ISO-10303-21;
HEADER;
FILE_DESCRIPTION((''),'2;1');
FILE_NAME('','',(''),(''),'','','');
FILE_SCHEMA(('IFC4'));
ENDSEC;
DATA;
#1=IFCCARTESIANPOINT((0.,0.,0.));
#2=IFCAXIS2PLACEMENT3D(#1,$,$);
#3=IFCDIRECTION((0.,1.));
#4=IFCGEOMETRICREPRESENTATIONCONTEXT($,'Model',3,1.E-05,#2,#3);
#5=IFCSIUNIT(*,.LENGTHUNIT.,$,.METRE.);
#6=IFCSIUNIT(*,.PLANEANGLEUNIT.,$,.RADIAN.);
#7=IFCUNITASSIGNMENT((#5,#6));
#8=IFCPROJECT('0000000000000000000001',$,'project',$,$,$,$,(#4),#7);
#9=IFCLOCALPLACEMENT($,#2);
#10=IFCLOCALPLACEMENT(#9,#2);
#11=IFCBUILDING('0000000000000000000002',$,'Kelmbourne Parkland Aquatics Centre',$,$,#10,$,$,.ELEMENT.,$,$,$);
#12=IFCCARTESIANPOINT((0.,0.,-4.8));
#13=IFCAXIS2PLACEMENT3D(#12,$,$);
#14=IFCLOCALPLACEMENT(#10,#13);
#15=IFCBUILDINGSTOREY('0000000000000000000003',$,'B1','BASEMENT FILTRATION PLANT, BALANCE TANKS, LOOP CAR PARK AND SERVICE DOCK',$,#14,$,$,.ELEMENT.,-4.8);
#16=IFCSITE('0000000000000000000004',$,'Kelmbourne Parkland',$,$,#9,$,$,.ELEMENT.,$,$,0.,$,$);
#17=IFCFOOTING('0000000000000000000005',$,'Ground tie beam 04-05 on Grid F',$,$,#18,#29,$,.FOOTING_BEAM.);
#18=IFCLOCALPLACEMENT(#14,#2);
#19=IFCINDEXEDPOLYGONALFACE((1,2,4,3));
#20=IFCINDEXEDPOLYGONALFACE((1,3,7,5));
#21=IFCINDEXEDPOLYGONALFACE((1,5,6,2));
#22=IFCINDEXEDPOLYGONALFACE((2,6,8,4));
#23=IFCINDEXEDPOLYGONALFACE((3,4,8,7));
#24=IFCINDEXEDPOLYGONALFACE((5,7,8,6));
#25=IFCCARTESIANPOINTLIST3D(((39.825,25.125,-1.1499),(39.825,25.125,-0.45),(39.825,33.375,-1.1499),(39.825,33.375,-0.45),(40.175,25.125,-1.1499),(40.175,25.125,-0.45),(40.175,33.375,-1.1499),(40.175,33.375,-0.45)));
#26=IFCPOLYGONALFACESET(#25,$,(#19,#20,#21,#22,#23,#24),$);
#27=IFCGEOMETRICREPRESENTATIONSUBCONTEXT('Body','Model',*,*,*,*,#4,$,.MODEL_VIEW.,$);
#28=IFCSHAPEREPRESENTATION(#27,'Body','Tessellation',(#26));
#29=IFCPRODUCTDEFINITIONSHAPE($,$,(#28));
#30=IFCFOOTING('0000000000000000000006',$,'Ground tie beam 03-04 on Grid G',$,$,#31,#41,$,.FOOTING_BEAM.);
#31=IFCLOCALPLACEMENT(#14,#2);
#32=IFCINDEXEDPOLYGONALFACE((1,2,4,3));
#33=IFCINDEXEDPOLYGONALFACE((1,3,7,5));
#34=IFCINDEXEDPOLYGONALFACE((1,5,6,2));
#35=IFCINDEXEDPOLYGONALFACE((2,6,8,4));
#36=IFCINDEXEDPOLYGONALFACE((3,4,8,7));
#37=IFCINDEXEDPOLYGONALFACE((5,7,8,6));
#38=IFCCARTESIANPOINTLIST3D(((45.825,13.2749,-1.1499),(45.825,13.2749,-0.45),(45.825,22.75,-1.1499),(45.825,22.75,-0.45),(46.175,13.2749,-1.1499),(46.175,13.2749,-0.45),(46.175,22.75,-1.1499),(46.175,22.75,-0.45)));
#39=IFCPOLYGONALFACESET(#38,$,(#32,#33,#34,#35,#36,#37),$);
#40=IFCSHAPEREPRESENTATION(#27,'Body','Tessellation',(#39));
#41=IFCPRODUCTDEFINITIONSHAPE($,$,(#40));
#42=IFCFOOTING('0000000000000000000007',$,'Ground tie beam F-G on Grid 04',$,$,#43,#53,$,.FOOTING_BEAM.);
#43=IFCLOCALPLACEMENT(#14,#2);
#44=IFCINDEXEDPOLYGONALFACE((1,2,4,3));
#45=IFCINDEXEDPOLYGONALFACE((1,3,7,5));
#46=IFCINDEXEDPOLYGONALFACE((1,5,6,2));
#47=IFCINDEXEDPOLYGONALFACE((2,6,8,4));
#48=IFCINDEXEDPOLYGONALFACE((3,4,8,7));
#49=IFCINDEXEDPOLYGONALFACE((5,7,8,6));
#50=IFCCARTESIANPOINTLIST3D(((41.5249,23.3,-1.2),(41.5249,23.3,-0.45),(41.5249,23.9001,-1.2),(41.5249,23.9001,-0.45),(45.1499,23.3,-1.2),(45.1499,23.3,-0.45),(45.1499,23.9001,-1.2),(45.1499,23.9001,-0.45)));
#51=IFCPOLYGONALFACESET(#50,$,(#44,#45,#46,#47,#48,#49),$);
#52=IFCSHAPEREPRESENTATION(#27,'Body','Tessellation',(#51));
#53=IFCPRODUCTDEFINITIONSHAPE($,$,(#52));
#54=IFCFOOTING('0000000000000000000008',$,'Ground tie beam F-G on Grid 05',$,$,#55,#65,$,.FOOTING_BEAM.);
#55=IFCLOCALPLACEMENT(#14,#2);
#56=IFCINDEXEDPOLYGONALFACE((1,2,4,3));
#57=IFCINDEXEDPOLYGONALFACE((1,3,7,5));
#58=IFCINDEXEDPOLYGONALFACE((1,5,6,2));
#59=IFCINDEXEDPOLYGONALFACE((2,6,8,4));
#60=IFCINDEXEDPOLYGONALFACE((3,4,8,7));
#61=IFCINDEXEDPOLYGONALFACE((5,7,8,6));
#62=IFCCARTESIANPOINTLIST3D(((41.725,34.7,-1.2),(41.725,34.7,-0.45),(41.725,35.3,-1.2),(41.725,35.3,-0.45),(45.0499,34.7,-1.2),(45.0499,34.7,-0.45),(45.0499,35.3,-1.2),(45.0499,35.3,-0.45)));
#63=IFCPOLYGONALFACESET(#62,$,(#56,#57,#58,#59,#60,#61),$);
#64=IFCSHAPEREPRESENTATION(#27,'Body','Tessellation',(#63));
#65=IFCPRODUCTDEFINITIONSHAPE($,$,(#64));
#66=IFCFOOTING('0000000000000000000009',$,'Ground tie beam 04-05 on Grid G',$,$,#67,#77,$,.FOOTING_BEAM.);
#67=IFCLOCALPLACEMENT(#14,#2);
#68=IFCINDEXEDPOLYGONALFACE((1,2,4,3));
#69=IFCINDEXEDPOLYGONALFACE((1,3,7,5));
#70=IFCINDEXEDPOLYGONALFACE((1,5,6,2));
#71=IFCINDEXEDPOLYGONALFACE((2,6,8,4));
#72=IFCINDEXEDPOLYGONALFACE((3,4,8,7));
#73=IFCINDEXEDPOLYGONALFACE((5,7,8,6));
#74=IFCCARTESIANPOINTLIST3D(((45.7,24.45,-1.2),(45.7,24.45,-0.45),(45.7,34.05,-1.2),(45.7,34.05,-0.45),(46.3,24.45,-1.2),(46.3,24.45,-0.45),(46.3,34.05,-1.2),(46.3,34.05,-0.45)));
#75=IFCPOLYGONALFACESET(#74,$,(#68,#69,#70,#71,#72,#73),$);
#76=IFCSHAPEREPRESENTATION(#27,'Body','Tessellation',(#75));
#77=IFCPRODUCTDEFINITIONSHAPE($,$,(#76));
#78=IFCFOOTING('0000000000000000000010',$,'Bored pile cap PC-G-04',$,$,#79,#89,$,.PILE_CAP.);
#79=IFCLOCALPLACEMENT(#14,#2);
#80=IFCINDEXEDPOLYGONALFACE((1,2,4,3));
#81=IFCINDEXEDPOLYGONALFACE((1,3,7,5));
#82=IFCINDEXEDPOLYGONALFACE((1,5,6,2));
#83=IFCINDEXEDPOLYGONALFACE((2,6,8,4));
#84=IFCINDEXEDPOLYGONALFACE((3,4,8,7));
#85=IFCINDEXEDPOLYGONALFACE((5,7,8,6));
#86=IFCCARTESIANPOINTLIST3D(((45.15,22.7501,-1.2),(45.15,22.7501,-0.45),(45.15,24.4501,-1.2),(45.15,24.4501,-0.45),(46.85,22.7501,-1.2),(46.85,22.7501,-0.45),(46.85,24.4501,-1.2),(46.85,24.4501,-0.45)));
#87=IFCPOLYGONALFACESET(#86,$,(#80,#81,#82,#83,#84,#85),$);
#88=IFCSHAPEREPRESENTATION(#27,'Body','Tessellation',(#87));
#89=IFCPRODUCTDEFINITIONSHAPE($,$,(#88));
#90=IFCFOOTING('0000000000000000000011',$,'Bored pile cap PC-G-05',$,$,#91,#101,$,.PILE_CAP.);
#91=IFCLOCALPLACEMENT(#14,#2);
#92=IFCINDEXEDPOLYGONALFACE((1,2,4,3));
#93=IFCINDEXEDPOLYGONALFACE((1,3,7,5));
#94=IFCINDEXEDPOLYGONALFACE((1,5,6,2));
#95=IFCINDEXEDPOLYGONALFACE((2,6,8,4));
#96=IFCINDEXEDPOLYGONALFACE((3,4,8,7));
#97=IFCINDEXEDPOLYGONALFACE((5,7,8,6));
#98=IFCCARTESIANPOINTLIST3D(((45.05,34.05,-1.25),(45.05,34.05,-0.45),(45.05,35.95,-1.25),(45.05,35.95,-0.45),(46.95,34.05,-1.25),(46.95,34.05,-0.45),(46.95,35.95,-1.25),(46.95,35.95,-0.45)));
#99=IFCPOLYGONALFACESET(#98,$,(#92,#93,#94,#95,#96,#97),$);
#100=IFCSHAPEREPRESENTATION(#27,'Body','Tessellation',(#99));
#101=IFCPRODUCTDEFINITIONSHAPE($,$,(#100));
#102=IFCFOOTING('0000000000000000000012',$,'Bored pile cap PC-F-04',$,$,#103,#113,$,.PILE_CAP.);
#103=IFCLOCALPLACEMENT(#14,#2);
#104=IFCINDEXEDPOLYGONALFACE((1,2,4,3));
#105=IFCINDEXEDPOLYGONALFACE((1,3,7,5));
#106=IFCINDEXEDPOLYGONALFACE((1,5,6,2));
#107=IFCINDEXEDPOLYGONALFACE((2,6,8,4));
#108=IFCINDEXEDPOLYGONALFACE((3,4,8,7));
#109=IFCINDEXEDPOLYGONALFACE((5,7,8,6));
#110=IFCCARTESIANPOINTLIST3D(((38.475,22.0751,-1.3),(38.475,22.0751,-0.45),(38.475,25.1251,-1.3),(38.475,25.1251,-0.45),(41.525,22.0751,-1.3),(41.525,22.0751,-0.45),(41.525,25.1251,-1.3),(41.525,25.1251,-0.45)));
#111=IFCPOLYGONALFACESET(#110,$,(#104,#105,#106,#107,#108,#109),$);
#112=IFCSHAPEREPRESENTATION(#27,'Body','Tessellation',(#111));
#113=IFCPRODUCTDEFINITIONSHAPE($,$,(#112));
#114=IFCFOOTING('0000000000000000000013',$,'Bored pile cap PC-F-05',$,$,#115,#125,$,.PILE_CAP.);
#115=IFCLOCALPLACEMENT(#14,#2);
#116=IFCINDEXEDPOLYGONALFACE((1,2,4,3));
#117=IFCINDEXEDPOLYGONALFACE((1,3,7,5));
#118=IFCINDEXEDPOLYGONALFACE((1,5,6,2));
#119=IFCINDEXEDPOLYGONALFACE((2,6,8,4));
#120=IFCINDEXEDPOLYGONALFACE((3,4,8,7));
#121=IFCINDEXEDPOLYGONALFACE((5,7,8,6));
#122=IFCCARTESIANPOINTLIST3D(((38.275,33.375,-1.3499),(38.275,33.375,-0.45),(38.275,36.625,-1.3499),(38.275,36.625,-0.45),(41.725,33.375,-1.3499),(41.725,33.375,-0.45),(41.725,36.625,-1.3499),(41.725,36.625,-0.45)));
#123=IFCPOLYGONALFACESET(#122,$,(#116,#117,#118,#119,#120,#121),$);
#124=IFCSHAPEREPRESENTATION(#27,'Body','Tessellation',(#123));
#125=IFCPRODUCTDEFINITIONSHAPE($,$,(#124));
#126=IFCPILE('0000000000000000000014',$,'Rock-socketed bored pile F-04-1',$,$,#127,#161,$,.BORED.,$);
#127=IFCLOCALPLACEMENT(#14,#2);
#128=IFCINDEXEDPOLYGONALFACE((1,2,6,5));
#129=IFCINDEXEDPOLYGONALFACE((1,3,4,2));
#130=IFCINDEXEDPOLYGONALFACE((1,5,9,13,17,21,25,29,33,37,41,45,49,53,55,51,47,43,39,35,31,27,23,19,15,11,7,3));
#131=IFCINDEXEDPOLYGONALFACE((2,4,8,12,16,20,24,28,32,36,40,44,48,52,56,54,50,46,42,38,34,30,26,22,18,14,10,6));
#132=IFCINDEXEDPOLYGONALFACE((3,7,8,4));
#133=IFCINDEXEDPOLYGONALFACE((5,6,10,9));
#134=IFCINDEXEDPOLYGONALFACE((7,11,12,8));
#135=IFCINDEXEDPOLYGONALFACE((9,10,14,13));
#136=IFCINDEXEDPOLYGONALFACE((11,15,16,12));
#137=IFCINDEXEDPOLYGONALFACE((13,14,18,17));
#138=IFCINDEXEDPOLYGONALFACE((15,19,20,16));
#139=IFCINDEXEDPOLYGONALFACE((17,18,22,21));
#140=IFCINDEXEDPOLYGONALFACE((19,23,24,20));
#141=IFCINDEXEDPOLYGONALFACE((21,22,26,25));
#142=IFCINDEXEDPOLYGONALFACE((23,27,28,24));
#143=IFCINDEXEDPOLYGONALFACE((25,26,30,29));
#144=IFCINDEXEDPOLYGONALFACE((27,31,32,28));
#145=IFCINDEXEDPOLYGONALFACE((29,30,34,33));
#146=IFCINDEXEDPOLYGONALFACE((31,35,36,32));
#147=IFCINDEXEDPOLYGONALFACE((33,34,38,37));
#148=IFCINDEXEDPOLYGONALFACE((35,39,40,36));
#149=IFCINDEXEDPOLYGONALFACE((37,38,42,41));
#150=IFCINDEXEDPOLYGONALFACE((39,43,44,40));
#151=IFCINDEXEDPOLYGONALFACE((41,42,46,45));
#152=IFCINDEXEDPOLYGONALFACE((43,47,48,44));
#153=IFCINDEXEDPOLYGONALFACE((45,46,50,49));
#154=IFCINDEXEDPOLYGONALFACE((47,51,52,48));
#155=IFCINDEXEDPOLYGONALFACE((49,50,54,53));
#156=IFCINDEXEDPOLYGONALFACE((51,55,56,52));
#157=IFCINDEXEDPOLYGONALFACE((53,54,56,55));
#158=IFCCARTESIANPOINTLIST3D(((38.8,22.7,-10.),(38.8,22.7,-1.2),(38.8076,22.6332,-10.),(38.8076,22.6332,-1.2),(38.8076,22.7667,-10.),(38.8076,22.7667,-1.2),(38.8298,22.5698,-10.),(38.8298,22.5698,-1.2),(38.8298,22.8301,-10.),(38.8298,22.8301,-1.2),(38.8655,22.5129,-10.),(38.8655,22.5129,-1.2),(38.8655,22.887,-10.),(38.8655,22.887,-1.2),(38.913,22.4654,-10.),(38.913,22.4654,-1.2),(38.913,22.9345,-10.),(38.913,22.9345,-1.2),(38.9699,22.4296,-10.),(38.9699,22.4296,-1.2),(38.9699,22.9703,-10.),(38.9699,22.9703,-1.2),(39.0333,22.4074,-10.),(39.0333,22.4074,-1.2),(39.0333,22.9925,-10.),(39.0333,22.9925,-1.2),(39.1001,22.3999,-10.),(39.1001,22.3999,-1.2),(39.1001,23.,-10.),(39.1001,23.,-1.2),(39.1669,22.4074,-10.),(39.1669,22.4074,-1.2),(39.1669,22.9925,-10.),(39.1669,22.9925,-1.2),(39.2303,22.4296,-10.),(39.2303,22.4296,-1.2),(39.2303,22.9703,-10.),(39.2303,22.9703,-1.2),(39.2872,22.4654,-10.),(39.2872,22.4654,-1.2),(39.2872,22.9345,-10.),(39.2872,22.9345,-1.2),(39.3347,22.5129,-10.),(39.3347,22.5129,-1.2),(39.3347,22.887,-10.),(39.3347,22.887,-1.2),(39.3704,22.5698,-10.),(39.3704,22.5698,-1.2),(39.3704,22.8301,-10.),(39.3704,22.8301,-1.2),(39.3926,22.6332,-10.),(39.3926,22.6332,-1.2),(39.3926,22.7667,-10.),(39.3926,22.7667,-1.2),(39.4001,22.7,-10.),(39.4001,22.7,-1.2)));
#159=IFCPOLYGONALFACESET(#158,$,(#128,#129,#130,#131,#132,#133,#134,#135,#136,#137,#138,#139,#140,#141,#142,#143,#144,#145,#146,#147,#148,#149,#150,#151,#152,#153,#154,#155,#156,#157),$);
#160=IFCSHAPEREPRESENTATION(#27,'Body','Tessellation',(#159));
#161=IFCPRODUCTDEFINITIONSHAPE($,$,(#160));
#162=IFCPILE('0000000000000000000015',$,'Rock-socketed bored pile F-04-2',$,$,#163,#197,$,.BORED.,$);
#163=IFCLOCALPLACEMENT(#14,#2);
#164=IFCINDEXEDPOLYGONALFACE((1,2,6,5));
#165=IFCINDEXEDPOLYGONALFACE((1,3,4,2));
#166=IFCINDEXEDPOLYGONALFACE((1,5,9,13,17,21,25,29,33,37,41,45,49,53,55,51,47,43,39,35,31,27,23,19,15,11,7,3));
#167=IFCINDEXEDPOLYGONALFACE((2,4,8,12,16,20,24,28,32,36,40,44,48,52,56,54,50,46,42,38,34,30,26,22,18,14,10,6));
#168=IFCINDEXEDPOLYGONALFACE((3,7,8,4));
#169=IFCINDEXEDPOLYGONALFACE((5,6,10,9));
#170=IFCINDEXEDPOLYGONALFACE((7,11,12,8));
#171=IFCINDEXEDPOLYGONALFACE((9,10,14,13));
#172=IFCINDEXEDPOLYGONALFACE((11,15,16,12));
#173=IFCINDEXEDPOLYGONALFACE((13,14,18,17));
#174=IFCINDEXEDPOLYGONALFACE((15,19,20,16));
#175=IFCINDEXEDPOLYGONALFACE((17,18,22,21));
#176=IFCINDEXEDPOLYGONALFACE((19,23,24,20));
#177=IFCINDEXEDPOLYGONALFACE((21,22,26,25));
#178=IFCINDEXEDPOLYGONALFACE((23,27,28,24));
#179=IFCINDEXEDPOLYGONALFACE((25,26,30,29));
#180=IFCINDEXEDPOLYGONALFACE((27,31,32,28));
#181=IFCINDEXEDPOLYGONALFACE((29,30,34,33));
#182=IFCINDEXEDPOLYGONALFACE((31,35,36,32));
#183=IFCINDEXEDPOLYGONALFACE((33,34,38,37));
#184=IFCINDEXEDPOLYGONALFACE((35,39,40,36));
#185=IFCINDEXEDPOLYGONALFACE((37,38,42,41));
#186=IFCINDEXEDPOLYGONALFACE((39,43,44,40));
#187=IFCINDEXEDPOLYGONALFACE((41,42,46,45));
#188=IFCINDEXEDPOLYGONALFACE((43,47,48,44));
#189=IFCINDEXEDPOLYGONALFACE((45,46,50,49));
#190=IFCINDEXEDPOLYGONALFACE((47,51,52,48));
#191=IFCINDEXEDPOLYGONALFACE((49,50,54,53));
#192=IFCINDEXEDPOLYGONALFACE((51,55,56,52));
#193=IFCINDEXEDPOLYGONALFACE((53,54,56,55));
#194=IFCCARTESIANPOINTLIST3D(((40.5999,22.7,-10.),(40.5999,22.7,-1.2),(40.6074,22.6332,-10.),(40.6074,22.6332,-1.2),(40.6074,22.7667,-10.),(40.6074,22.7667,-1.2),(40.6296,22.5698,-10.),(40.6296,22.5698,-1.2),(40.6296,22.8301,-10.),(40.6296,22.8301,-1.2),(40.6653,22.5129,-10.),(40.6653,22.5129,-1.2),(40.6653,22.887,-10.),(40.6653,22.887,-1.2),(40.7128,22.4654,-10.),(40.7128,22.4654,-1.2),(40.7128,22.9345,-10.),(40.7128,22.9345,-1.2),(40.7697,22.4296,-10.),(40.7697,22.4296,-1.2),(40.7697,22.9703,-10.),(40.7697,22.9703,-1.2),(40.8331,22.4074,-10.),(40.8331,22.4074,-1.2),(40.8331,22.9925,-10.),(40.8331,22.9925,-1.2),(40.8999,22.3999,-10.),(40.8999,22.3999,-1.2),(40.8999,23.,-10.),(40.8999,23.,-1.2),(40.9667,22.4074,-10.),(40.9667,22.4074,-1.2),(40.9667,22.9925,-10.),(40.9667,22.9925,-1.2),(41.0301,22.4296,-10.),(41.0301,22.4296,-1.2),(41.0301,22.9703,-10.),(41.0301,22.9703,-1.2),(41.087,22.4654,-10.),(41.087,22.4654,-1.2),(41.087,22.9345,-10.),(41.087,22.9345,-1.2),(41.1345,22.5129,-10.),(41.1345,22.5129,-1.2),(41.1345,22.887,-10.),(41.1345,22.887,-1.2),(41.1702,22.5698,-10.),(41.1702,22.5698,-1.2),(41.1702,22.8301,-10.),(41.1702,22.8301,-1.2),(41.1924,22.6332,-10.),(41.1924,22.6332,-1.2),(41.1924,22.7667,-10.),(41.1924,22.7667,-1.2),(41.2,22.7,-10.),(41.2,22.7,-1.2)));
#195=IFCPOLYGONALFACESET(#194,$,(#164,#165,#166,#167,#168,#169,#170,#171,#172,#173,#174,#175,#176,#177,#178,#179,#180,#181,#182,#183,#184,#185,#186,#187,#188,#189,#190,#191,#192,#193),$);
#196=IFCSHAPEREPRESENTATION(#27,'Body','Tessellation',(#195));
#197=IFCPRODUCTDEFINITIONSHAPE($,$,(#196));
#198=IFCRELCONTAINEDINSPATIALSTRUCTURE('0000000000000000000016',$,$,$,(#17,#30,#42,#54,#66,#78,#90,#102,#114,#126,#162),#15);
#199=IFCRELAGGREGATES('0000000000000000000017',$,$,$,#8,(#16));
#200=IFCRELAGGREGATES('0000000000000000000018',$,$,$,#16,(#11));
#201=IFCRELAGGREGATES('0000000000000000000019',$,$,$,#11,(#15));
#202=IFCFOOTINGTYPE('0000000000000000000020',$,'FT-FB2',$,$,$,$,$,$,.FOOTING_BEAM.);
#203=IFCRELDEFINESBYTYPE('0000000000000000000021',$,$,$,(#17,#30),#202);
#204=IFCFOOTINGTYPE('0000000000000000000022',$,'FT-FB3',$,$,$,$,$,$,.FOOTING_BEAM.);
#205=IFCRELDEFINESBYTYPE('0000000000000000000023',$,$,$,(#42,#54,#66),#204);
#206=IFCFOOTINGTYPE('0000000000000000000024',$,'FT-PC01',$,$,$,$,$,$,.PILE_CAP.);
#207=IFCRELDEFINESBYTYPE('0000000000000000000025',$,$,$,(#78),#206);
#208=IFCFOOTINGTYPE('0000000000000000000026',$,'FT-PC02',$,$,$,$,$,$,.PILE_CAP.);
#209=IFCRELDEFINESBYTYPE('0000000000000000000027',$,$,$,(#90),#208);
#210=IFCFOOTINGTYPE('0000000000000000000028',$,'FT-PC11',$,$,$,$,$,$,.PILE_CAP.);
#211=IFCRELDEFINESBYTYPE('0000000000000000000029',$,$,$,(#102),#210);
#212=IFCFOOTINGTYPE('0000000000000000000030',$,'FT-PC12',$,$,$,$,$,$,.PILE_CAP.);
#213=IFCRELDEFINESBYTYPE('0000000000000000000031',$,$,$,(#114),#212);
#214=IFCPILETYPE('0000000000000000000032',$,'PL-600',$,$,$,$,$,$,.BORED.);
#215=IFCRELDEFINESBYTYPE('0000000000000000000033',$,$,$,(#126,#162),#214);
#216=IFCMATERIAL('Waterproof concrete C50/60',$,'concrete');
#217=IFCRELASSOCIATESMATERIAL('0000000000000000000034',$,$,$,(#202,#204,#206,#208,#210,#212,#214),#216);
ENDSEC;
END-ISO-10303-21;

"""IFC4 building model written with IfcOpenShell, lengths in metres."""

from ifc_helpers import new_model, si_unit, direction, frame, origin, origin_2d, place, context, subcontext, project, spatial, rectangle, circle, extrude, material, material_profile, profile_set, type_object, element, save


model = new_model("IFC4")

# Units and contexts
model_context = context("Model", 3, precision=1e-05, world=origin(), true_north=direction((0.0, 1.0)))
body_context = subcontext(model_context, "Body", "Model", "MODEL_VIEW")
ifc_project = project(units=[si_unit("LENGTHUNIT", "METRE"), si_unit("PLANEANGLEUNIT", "RADIAN")], contexts=[model_context])

# Site, building, storey
site_placement = place(None, origin())
site = spatial("IfcSite", under=ifc_project, at=site_placement, Name="Kelmbourne Parkland", CompositionType="ELEMENT", RefElevation=0.0)
building_placement = place(site_placement, origin())
building = spatial("IfcBuilding", under=site, at=building_placement, Name="Kelmbourne Parkland Aquatics Centre", CompositionType="ELEMENT")
storey_placement = place(building_placement, frame((0.0, 0.0, -4.8)))
storey = spatial("IfcBuildingStorey", under=building, at=storey_placement, Name="B1", Description="BASEMENT FILTRATION PLANT, BALANCE TANKS, LOOP CAR PARK AND SERVICE DOCK", CompositionType="ELEMENT", Elevation=-4.8)

# Footings
ifc_material_1 = material(Name="Waterproof concrete C50/60", Category="concrete")
footing_type_1 = type_object("IfcFootingType", Name="FT-FB2", PredefinedType="FOOTING_BEAM", material=ifc_material_1)
footing_1_placement = place(storey_placement, frame((40.0, 29.25, -1.1499), z_axis=(0.0, 0.0, 1.0), x_axis=(0.0, 1.0, 0.0)))
element("IfcFooting", 1, at=footing_1_placement, inside=storey, type_object=footing_type_1, Name="Ground tie beam 04-05 on Grid F", PredefinedType="FOOTING_BEAM", context=body_context, shape_type="SweptSolid", body=[
    extrude(rectangle(XDim=8.25, YDim=0.3501, at=origin_2d()), origin(), (0.0, 0.0, 1.0), 0.7),
])
footing_2_placement = place(storey_placement, frame((46.0, 18.0125, -1.1499), z_axis=(0.0, 0.0, 1.0), x_axis=(0.0, 1.0, 0.0)))
element("IfcFooting", 2, at=footing_2_placement, inside=storey, type_object=footing_type_1, Name="Ground tie beam 03-04 on Grid G", PredefinedType="FOOTING_BEAM", context=body_context, shape_type="SweptSolid", body=[
    extrude(rectangle(XDim=9.4751, YDim=0.3501, at=origin_2d()), origin(), (0.0, 0.0, 1.0), 0.7),
])
footing_type_2 = type_object("IfcFootingType", Name="FT-FB3", PredefinedType="FOOTING_BEAM", material=ifc_material_1)
footing_3_placement = place(storey_placement, frame((43.3374, 23.6001, -1.2), z_axis=(0.0, 0.0, 1.0), x_axis=(1.0, 0.0, 0.0)))
element("IfcFooting", 3, at=footing_3_placement, inside=storey, type_object=footing_type_2, Name="Ground tie beam F-G on Grid 04", PredefinedType="FOOTING_BEAM", context=body_context, shape_type="SweptSolid", body=[
    extrude(rectangle(XDim=3.625, YDim=0.6001, at=origin_2d()), origin(), (0.0, 0.0, 1.0), 0.75),
])
footing_4_placement = place(storey_placement, frame((43.3875, 35.0, -1.2), z_axis=(0.0, 0.0, 1.0), x_axis=(1.0, 0.0, 0.0)))
element("IfcFooting", 4, at=footing_4_placement, inside=storey, type_object=footing_type_2, Name="Ground tie beam F-G on Grid 05", PredefinedType="FOOTING_BEAM", context=body_context, shape_type="SweptSolid", body=[
    extrude(rectangle(XDim=3.325, YDim=0.6001, at=origin_2d()), origin(), (0.0, 0.0, 1.0), 0.75),
])
footing_5_placement = place(storey_placement, frame((46.0, 29.25, -1.2), z_axis=(0.0, 0.0, 1.0), x_axis=(0.0, 1.0, 0.0)))
element("IfcFooting", 5, at=footing_5_placement, inside=storey, type_object=footing_type_2, Name="Ground tie beam 04-05 on Grid G", PredefinedType="FOOTING_BEAM", context=body_context, shape_type="SweptSolid", body=[
    extrude(rectangle(XDim=9.6001, YDim=0.6001, at=origin_2d()), origin(), (0.0, 0.0, 1.0), 0.75),
])
footing_type_3 = type_object("IfcFootingType", Name="FT-PC01", PredefinedType="PILE_CAP", material=ifc_material_1)
footing_6_placement = place(storey_placement, frame((46.0, 23.6001, -1.2), z_axis=(0.0, 0.0, 1.0), x_axis=(1.0, 0.0, 0.0)))
element("IfcFooting", 6, at=footing_6_placement, inside=storey, type_object=footing_type_3, Name="Bored pile cap PC-G-04", PredefinedType="PILE_CAP", context=body_context, shape_type="SweptSolid", body=[
    extrude(rectangle(XDim=1.7, YDim=1.7, at=origin_2d()), origin(), (0.0, 0.0, 1.0), 0.75),
])
footing_type_4 = type_object("IfcFootingType", Name="FT-PC02", PredefinedType="PILE_CAP", material=ifc_material_1)
footing_7_placement = place(storey_placement, frame((46.0, 35.0, -1.25), z_axis=(0.0, 0.0, 1.0), x_axis=(1.0, 0.0, 0.0)))
element("IfcFooting", 7, at=footing_7_placement, inside=storey, type_object=footing_type_4, Name="Bored pile cap PC-G-05", PredefinedType="PILE_CAP", context=body_context, shape_type="SweptSolid", body=[
    extrude(rectangle(XDim=1.8999, YDim=1.8999, at=origin_2d()), origin(), (0.0, 0.0, 1.0), 0.8),
])
footing_type_5 = type_object("IfcFootingType", Name="FT-PC11", PredefinedType="PILE_CAP", material=ifc_material_1)
footing_8_placement = place(storey_placement, frame((40.0, 23.6001, -1.3), z_axis=(0.0, 0.0, 1.0), x_axis=(1.0, 0.0, 0.0)))
element("IfcFooting", 8, at=footing_8_placement, inside=storey, type_object=footing_type_5, Name="Bored pile cap PC-F-04", PredefinedType="PILE_CAP", context=body_context, shape_type="SweptSolid", body=[
    extrude(rectangle(XDim=3.05, YDim=3.05, at=origin_2d()), origin(), (0.0, 0.0, 1.0), 0.8501),
])
footing_type_6 = type_object("IfcFootingType", Name="FT-PC12", PredefinedType="PILE_CAP", material=ifc_material_1)
footing_9_placement = place(storey_placement, frame((40.0, 35.0, -1.3499), z_axis=(0.0, 0.0, 1.0), x_axis=(1.0, 0.0, 0.0)))
element("IfcFooting", 9, at=footing_9_placement, inside=storey, type_object=footing_type_6, Name="Bored pile cap PC-F-05", PredefinedType="PILE_CAP", context=body_context, shape_type="SweptSolid", body=[
    extrude(rectangle(XDim=3.45, YDim=3.25, at=origin_2d()), origin(), (0.0, 0.0, 1.0), 0.8999),
])

# Piles
ifc_material_profile_1 = material_profile(ifc_material_1, circle(Radius=0.3, at=origin_2d()), Name="PILE D600")
ifc_profile_set_1 = profile_set([ifc_material_profile_1], Name="Waterproof concrete C50/60")
pile_type_1 = type_object("IfcPileType", Name="PL-600", PredefinedType="BORED", material=ifc_profile_set_1)
for number, where, z_axis, x_axis, name in (
    (10, (39.1001, 22.7, -1.2), (0.0, 0.0, -1.0), (1.0, 0.0, 0.0), "Rock-socketed bored pile F-04-1"),
    (11, (40.8999, 22.7, -1.2), (0.0, 0.0, -1.0), (1.0, 0.0, 0.0), "Rock-socketed bored pile F-04-2"),
):
    element("IfcPile", number, at=place(storey_placement, frame(where, z_axis=z_axis, x_axis=x_axis)), inside=storey, type_object=pile_type_1, Name=name, PredefinedType="BORED", context=body_context, shape_type="SweptSolid", body=[
        extrude(circle(Radius=0.3, at=origin_2d()), origin(), (0.0, 0.0, 1.0), 8.8),
    ])

save(model, "model.ifc")
